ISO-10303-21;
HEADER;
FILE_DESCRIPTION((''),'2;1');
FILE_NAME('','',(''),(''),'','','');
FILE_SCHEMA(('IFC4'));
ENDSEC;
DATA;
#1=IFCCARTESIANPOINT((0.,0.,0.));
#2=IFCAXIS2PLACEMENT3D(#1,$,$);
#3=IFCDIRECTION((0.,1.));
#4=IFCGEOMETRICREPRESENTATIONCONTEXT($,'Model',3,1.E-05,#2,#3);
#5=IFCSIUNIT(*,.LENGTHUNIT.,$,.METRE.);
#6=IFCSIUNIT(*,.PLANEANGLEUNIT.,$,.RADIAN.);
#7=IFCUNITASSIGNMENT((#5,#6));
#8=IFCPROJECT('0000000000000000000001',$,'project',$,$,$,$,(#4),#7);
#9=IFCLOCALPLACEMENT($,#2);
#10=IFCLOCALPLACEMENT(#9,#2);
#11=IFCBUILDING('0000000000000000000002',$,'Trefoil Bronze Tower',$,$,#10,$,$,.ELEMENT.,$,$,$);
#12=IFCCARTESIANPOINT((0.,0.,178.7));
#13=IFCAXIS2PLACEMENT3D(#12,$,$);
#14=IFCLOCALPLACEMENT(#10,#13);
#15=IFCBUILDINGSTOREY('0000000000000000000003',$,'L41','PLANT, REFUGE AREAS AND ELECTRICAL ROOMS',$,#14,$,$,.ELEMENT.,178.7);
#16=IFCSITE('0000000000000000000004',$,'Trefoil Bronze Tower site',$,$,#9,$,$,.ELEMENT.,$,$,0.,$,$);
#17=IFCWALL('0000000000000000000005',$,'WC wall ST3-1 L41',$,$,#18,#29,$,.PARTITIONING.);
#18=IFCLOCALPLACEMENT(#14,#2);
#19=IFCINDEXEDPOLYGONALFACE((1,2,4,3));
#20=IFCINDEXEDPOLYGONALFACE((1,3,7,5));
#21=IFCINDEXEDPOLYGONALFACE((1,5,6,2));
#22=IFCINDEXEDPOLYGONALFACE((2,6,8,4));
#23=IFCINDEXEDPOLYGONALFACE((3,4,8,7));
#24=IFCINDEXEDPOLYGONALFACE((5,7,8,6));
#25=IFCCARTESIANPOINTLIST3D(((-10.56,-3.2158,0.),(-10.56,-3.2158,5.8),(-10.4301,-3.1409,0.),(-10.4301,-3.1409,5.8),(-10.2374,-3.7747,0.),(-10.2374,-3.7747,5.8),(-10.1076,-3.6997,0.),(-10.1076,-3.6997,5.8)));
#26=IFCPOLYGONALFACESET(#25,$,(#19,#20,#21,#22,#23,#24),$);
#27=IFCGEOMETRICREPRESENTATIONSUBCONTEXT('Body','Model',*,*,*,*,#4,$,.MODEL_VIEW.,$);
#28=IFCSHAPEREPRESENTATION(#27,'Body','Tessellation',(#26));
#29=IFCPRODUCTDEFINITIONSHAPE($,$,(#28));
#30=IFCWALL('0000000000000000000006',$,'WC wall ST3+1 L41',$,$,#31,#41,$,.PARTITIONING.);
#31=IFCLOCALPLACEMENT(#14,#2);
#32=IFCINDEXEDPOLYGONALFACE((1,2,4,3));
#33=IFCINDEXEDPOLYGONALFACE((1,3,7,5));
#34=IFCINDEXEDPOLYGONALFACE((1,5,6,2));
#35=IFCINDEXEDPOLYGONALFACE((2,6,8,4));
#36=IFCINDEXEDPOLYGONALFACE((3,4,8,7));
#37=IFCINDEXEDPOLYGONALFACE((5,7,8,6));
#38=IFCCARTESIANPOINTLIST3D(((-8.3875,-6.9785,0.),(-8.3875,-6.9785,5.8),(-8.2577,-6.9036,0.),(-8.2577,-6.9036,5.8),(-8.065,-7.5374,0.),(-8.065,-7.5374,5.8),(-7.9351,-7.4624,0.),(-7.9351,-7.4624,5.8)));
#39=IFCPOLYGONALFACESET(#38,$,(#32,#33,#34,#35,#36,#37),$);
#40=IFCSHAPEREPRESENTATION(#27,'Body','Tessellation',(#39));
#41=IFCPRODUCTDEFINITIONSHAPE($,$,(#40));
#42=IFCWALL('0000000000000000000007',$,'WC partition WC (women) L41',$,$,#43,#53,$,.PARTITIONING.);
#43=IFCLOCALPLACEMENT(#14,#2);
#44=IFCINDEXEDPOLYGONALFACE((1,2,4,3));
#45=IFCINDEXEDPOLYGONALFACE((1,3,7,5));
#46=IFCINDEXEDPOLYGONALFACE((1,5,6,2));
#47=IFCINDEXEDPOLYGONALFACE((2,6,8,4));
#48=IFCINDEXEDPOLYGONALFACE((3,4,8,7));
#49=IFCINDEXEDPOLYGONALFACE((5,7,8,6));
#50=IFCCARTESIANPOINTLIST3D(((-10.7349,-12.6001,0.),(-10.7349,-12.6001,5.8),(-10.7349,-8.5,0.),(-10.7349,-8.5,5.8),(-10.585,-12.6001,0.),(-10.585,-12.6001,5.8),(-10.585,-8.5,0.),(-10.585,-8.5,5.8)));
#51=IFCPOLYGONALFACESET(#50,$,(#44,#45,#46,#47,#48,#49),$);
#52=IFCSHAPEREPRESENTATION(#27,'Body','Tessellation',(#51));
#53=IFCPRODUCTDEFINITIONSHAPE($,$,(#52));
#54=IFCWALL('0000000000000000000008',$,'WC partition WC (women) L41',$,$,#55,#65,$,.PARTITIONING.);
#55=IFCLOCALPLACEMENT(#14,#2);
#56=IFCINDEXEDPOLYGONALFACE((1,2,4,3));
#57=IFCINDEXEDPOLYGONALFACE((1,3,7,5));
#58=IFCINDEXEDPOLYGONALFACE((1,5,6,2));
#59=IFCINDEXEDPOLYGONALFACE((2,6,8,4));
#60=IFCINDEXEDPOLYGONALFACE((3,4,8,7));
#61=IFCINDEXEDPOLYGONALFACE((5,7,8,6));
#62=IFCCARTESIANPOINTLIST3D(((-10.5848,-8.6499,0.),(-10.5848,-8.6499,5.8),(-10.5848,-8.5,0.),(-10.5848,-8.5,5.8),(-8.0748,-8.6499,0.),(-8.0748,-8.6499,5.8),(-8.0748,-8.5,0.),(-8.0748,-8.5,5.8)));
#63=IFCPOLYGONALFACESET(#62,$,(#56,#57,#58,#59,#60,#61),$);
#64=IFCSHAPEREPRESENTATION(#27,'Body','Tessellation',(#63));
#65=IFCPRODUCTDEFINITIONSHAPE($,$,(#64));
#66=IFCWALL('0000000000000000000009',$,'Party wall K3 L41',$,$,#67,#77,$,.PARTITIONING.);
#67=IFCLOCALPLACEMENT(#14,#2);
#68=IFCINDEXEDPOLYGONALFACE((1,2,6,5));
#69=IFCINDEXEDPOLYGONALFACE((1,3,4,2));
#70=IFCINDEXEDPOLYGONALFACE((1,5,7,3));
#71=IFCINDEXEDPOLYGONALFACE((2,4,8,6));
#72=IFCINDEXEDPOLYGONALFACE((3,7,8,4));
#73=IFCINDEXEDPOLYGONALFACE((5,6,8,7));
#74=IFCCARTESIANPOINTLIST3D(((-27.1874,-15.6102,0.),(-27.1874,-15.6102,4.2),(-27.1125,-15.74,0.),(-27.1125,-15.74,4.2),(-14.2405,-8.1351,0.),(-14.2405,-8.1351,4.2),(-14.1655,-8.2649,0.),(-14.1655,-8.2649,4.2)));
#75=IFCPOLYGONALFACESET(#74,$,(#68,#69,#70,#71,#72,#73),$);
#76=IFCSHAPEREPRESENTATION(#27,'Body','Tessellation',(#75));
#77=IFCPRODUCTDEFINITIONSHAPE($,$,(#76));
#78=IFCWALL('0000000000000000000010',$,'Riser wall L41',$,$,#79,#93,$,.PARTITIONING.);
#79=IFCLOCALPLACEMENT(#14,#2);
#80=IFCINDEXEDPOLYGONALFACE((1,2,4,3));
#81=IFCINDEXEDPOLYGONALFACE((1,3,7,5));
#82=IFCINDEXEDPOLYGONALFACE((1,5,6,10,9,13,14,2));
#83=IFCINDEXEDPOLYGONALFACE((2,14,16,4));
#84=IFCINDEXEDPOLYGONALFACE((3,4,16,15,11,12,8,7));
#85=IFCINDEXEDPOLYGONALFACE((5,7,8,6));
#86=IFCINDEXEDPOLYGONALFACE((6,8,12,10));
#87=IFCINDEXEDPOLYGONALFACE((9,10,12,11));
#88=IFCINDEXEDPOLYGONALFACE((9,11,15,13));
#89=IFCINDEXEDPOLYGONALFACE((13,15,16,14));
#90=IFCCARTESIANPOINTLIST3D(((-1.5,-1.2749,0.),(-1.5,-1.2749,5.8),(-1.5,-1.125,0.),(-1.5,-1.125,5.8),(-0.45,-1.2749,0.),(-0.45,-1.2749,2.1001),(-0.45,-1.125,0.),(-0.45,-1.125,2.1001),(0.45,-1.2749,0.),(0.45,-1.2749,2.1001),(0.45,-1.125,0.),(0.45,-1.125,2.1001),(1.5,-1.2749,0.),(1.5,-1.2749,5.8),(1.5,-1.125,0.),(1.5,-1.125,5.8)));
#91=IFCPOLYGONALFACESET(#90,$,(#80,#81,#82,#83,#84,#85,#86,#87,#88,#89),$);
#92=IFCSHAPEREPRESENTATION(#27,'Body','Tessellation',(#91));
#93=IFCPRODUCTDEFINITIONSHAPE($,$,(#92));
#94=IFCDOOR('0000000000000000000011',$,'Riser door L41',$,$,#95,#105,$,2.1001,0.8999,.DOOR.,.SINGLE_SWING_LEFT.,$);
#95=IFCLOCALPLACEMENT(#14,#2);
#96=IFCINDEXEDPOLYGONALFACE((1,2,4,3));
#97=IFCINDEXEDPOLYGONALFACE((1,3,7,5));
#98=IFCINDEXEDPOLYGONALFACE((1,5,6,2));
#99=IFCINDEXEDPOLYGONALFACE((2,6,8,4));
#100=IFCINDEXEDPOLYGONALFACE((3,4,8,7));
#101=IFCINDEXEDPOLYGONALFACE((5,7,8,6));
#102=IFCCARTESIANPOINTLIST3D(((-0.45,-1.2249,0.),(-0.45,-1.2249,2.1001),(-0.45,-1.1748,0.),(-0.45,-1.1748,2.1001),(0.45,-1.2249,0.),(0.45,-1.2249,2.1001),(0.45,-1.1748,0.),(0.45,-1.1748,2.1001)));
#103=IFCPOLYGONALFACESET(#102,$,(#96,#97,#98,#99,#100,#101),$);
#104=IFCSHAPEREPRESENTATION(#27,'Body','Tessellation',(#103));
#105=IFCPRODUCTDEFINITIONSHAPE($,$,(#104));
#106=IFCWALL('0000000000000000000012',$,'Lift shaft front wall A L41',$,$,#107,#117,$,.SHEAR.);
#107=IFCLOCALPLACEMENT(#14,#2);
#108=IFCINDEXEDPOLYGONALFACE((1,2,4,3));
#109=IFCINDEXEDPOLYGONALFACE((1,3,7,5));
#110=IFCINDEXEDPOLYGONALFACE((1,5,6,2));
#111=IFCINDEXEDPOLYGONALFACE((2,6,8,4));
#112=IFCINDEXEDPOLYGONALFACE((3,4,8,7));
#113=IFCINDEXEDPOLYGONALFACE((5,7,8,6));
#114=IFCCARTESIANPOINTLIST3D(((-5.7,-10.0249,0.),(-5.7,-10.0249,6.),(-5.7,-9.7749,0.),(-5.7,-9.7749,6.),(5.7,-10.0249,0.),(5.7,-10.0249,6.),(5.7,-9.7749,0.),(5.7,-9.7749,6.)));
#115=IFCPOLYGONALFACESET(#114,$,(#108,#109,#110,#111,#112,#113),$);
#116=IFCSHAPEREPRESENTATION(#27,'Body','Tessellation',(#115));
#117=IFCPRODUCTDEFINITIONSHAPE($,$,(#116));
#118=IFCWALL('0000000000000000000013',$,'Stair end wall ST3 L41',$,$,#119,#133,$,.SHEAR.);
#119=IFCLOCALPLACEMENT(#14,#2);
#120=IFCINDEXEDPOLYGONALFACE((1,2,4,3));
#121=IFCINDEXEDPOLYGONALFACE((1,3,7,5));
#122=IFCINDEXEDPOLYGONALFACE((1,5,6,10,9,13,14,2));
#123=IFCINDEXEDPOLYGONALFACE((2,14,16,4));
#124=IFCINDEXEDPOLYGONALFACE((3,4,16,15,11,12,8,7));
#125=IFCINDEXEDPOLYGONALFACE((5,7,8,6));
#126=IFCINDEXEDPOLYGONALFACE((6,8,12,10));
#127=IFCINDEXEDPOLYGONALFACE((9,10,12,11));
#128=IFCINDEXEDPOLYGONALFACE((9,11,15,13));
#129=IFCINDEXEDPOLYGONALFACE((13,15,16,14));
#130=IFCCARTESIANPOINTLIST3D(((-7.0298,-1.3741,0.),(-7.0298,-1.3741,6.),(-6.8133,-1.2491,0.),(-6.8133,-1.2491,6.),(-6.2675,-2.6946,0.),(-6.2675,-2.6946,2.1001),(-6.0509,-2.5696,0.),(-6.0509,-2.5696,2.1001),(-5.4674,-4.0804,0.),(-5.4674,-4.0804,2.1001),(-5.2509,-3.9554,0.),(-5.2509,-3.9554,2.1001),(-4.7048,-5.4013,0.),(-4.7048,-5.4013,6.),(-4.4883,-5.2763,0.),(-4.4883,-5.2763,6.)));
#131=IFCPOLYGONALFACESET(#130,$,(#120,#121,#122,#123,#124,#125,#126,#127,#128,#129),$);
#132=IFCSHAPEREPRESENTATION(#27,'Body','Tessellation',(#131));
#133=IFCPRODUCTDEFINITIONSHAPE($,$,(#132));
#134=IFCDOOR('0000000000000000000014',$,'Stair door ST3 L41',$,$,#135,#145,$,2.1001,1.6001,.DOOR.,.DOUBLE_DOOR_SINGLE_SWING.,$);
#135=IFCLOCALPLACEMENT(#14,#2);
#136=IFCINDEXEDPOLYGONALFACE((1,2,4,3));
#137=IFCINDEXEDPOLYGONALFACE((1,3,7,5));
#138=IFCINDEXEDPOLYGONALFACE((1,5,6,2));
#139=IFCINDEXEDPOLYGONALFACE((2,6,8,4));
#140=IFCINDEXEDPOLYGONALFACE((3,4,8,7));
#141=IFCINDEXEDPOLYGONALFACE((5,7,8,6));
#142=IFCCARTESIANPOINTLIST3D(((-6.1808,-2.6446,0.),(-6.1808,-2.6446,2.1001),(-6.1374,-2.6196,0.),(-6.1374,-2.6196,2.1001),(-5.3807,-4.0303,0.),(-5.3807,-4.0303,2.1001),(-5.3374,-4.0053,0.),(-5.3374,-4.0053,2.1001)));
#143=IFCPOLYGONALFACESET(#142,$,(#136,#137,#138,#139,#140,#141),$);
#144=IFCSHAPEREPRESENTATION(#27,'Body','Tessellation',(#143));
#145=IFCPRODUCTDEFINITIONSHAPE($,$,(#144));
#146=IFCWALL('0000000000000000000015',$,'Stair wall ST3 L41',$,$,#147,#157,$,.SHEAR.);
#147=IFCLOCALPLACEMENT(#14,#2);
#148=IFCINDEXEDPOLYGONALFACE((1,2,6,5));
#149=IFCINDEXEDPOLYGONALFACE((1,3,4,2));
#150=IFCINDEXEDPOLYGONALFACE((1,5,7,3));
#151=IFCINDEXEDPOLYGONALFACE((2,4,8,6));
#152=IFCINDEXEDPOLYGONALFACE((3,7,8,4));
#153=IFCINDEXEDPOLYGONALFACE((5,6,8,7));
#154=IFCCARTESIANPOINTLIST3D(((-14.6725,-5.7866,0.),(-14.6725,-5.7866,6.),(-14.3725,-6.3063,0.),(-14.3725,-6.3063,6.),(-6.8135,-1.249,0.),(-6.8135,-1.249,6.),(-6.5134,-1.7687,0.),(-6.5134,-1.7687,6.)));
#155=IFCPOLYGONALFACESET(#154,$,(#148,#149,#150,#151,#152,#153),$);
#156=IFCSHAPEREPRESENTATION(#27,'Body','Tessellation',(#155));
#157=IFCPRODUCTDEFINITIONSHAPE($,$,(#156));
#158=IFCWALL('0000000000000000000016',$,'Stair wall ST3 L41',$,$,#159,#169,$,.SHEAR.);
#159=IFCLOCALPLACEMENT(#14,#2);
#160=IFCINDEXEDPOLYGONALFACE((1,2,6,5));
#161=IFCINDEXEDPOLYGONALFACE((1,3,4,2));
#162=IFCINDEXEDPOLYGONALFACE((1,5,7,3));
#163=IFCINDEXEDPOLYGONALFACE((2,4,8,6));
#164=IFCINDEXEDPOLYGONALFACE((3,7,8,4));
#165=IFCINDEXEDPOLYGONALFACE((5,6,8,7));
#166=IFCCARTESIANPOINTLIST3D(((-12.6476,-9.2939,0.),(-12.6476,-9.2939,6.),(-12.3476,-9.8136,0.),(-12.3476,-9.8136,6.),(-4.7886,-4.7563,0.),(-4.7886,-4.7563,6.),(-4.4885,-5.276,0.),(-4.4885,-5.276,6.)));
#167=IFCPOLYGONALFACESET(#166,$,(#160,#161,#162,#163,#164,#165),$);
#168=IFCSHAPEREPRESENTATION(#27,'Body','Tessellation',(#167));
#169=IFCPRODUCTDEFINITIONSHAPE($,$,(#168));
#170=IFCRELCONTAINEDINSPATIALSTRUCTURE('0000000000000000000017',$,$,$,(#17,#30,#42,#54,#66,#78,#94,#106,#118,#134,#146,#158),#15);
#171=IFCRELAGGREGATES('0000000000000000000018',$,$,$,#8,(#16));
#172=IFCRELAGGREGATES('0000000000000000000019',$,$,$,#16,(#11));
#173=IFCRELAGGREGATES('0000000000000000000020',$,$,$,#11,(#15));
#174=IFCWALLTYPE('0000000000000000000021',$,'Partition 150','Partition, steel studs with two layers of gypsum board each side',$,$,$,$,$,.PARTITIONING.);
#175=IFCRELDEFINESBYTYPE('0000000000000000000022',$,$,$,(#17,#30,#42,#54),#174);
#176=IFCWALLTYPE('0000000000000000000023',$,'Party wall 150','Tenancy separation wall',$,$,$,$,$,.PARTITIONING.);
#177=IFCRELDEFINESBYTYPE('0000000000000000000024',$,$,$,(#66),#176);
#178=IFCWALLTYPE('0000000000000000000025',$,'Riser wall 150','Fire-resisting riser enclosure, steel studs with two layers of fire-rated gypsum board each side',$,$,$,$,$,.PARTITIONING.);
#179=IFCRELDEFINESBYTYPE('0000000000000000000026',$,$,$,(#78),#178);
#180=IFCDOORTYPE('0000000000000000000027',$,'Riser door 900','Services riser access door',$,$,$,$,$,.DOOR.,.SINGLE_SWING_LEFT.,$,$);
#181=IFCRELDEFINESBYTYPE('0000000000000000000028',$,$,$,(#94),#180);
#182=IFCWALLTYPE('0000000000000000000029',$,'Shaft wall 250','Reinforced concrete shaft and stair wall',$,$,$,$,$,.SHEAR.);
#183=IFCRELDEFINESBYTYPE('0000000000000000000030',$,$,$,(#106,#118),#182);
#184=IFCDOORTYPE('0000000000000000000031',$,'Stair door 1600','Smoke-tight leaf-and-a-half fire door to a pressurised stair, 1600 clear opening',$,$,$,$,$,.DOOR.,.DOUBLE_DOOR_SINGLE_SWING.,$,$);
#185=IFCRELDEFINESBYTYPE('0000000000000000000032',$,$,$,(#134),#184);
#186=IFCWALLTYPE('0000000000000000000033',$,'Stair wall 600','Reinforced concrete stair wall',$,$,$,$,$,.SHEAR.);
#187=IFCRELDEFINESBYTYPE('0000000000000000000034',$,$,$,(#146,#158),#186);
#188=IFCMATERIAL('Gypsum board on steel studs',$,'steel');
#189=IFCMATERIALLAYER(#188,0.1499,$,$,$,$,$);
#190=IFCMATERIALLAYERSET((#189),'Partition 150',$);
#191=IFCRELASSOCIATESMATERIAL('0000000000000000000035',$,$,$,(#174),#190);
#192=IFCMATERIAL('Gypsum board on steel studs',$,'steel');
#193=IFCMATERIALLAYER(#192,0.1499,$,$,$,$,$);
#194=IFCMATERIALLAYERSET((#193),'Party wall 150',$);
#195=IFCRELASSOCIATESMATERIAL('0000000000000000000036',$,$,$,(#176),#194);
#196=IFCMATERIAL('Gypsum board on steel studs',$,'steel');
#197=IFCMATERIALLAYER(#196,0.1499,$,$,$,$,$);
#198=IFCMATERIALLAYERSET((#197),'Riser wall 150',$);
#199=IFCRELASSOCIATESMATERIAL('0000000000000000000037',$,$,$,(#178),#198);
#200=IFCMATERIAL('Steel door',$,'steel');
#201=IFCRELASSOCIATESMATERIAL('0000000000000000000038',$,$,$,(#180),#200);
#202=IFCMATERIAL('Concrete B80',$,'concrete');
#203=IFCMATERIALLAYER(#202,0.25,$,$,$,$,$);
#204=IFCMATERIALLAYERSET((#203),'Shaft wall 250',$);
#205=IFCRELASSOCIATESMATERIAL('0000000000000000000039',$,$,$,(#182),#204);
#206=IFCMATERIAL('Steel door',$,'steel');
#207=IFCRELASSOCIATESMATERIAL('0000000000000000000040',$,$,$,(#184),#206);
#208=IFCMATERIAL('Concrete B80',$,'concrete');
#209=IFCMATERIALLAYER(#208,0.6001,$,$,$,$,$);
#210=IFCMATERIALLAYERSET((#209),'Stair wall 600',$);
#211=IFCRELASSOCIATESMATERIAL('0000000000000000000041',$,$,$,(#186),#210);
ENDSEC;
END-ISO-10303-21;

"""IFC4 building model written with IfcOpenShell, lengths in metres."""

from ifc_helpers import new_model, si_unit, direction, frame, frame_2d, origin, place, context, subcontext, project, spatial, rectangle, extrude, material, layer, layer_set, type_object, element, fill, save


model = new_model("IFC4")

# Units and contexts
model_context = context("Model", 3, precision=1e-05, world=origin(), true_north=direction((0.0, 1.0)))
body_context = subcontext(model_context, "Body", "Model", "MODEL_VIEW")
ifc_project = project(units=[si_unit("LENGTHUNIT", "METRE"), si_unit("PLANEANGLEUNIT", "RADIAN")], contexts=[model_context])

# Site, building, storey
site_placement = place(None, origin())
site = spatial("IfcSite", under=ifc_project, at=site_placement, Name="Trefoil Bronze Tower site", CompositionType="ELEMENT", RefElevation=0.0)
building_placement = place(site_placement, origin())
building = spatial("IfcBuilding", under=site, at=building_placement, Name="Trefoil Bronze Tower", CompositionType="ELEMENT")
storey_placement = place(building_placement, frame((0.0, 0.0, 178.7)))
storey = spatial("IfcBuildingStorey", under=building, at=storey_placement, Name="L41", Description="PLANT, REFUGE AREAS AND ELECTRICAL ROOMS", CompositionType="ELEMENT", Elevation=178.7)

# Shared definitions
ifc_material_1 = material(Name="Gypsum board on steel studs", Category="steel")
ifc_layer_1 = layer(ifc_material_1, 0.1499)
ifc_layer_set_1 = layer_set([ifc_layer_1], Name="Partition 150")
wall_type_1 = type_object("IfcWallType", Name="Partition 150", Description="Partition, steel studs with two layers of gypsum board each side", PredefinedType="PARTITIONING", material=ifc_layer_set_1)

# Walls
for number, where, z_axis, x_axis, name in (
    (1, (-10.4951, -3.1782, 0.0), (0.0, 0.0, 1.0), (0.499843, -0.866116, 0.0), "WC wall ST3-1 L41"),
    (2, (-8.0, -7.5, 0.0), (0.0, 0.0, 1.0), (-0.499843, 0.866116, 0.0), "WC wall ST3+1 L41"),
):
    element("IfcWall", number, at=place(storey_placement, frame(where, z_axis=z_axis, x_axis=x_axis)), inside=storey, type_object=wall_type_1, Name=name, PredefinedType="PARTITIONING", context=body_context, shape_type="SweptSolid", body=[
        extrude(rectangle(XDim=0.6453, YDim=0.1499, at=frame_2d((0.3228, 0.0))), origin(), (0.0, 0.0, 1.0), 5.8),
    ])
wall_1_placement = place(storey_placement, frame((-10.6599, -8.5, 0.0), z_axis=(0.0, 0.0, 1.0), x_axis=(0.0, -1.0, 0.0)))
element("IfcWall", 3, at=wall_1_placement, inside=storey, type_object=wall_type_1, Name="WC partition WC (women) L41", PredefinedType="PARTITIONING", context=body_context, shape_type="SweptSolid", body=[
    extrude(rectangle(XDim=4.1001, YDim=0.1499, at=frame_2d((2.05, 0.0))), origin(), (0.0, 0.0, 1.0), 5.8),
])
wall_2_placement = place(storey_placement, frame((-8.075, -8.575, 0.0), z_axis=(0.0, 0.0, 1.0), x_axis=(-1.0, 0.0, 0.0)))
element("IfcWall", 4, at=wall_2_placement, inside=storey, type_object=wall_type_1, Name="WC partition WC (women) L41", PredefinedType="PARTITIONING", context=body_context, shape_type="SweptSolid", body=[
    extrude(rectangle(XDim=2.51, YDim=0.1499, at=frame_2d((1.2549, 0.0))), origin(), (0.0, 0.0, 1.0), 5.8),
])
ifc_material_2 = material(Name="Gypsum board on steel studs", Category="steel")
ifc_layer_2 = layer(ifc_material_2, 0.1499)
ifc_layer_set_2 = layer_set([ifc_layer_2], Name="Party wall 150")
wall_type_2 = type_object("IfcWallType", Name="Party wall 150", Description="Tenancy separation wall", PredefinedType="PARTITIONING", material=ifc_layer_set_2)
wall_3_placement = place(storey_placement, frame((-14.2029, -8.2, 0.0), z_axis=(0.0, 0.0, 1.0), x_axis=(-0.866022, -0.500007, 0.0)))
element("IfcWall", 5, at=wall_3_placement, inside=storey, type_object=wall_type_2, Name="Party wall K3 L41", PredefinedType="PARTITIONING", context=body_context, shape_type="SweptSolid", body=[
    extrude(rectangle(XDim=14.95, YDim=0.1499, at=frame_2d((7.4751, 0.0))), origin(), (0.0, 0.0, 1.0), 4.2),
])

# Wall, opening, door
ifc_material_3 = material(Name="Gypsum board on steel studs", Category="steel")
ifc_layer_3 = layer(ifc_material_3, 0.1499)
ifc_layer_set_3 = layer_set([ifc_layer_3], Name="Riser wall 150")
wall_type_3 = type_object("IfcWallType", Name="Riser wall 150", Description="Fire-resisting riser enclosure, steel studs with two layers of fire-rated gypsum board each side", PredefinedType="PARTITIONING", material=ifc_layer_set_3)
wall_4_placement = place(storey_placement, frame((-1.5, -1.2, 0.0), z_axis=(0.0, 0.0, 1.0), x_axis=(1.0, 0.0, 0.0)))
wall_4 = element("IfcWall", 6, at=wall_4_placement, inside=storey, type_object=wall_type_3, Name="Riser wall L41", PredefinedType="PARTITIONING", context=body_context, shape_type="SweptSolid", body=[
    extrude(rectangle(XDim=3.0, YDim=0.1499, at=frame_2d((1.5, 0.0))), origin(), (0.0, 0.0, 1.0), 5.8),
])
opening_1_placement = place(wall_4_placement, frame((1.05, 0.0, 0.0)))
opening_1 = element("IfcOpeningElement", 7, at=opening_1_placement, cuts=wall_4, PredefinedType="OPENING", context=body_context, shape_type="SweptSolid", body=[
    extrude(rectangle(XDim=0.8999, YDim=2.1001, at=frame_2d((0.45, 1.05))), frame((0.0, 0.085, 0.0), z_axis=(0.0, -1.0, 0.0), x_axis=(1.0, 0.0, 0.0)), (0.0, 0.0, 1.0), 0.1699),
])
ifc_material_4 = material(Name="Steel door", Category="steel")
door_type_1 = type_object("IfcDoorType", Name="Riser door 900", Description="Services riser access door", OperationType="SINGLE_SWING_LEFT", PredefinedType="DOOR", material=ifc_material_4)
door_1_placement = place(opening_1_placement, frame((0.8999, 0.0, 0.0), z_axis=(0.0, 0.0, 1.0), x_axis=(-1.0, 0.0, 0.0)))
door_1 = element("IfcDoor", 8, at=door_1_placement, inside=storey, type_object=door_type_1, Name="Riser door L41", OperationType="SINGLE_SWING_LEFT", OverallHeight=2.1001, OverallWidth=0.8999, PredefinedType="DOOR", context=body_context, shape_type="SweptSolid", body=[
    extrude(rectangle(XDim=0.8999, YDim=2.1001, at=frame_2d((0.45, 1.05))), frame((0.0, 0.0249, 0.0), z_axis=(0.0, -1.0, 0.0), x_axis=(1.0, 0.0, 0.0)), (0.0, 0.0, 1.0), 0.05),
])
fill(opening_1, door_1)

# Wall
ifc_material_5 = material(Name="Concrete B80", Category="concrete")
ifc_layer_4 = layer(ifc_material_5, 0.25)
ifc_layer_set_4 = layer_set([ifc_layer_4], Name="Shaft wall 250")
wall_type_4 = type_object("IfcWallType", Name="Shaft wall 250", Description="Reinforced concrete shaft and stair wall", PredefinedType="SHEAR", material=ifc_layer_set_4)
wall_5_placement = place(storey_placement, frame((-5.7, -9.8999, 0.0), z_axis=(0.0, 0.0, 1.0), x_axis=(1.0, 0.0, 0.0)))
element("IfcWall", 9, at=wall_5_placement, inside=storey, type_object=wall_type_4, Name="Lift shaft front wall A L41", PredefinedType="SHEAR", context=body_context, shape_type="SweptSolid", body=[
    extrude(rectangle(XDim=11.3999, YDim=0.25, at=frame_2d((5.7, 0.0))), origin(), (0.0, 0.0, 1.0), 6.0),
])

# Wall, opening, door
wall_6_placement = place(storey_placement, frame((-6.9216, -1.3115, 0.0), z_axis=(0.0, 0.0, 1.0), x_axis=(0.499985, -0.866034, 0.0)))
wall_6 = element("IfcWall", 10, at=wall_6_placement, inside=storey, type_object=wall_type_4, Name="Stair end wall ST3 L41", PredefinedType="SHEAR", context=body_context, shape_type="SweptSolid", body=[
    extrude(rectangle(XDim=4.6501, YDim=0.25, at=frame_2d((2.3252, 0.0))), origin(), (0.0, 0.0, 1.0), 6.0),
])
opening_2_placement = place(wall_6_placement, frame((1.5249, 0.0, 0.0)))
opening_2 = element("IfcOpeningElement", 11, at=opening_2_placement, cuts=wall_6, PredefinedType="OPENING", context=body_context, shape_type="SweptSolid", body=[
    extrude(rectangle(XDim=1.6001, YDim=2.1001, at=frame_2d((0.8, 1.05))), frame((0.0, 0.135, 0.0), z_axis=(0.0, -1.0, 0.0), x_axis=(1.0, 0.0, 0.0)), (0.0, 0.0, 1.0), 0.27),
])
ifc_material_6 = material(Name="Steel door", Category="steel")
door_type_2 = type_object("IfcDoorType", Name="Stair door 1600", Description="Smoke-tight leaf-and-a-half fire door to a pressurised stair, 1600 clear opening", OperationType="DOUBLE_DOOR_SINGLE_SWING", PredefinedType="DOOR", material=ifc_material_6)
door_2_placement = place(opening_2_placement, frame((1.6001, 0.0, 0.0), z_axis=(0.0, 0.0, 1.0), x_axis=(-1.0, 0.0, 0.0)))
door_2 = element("IfcDoor", 12, at=door_2_placement, inside=storey, type_object=door_type_2, Name="Stair door ST3 L41", OperationType="DOUBLE_DOOR_SINGLE_SWING", OverallHeight=2.1001, OverallWidth=1.6001, PredefinedType="DOOR", context=body_context, shape_type="SweptSolid", body=[
    extrude(rectangle(XDim=1.6001, YDim=2.1001, at=frame_2d((0.8, 1.05))), frame((0.0, 0.0249, 0.0), z_axis=(0.0, -1.0, 0.0), x_axis=(1.0, 0.0, 0.0)), (0.0, 0.0, 1.0), 0.05),
])
fill(opening_2, door_2)

# Walls
ifc_material_7 = material(Name="Concrete B80", Category="concrete")
ifc_layer_5 = layer(ifc_material_7, 0.6001)
ifc_layer_set_5 = layer_set([ifc_layer_5], Name="Stair wall 600")
wall_type_5 = type_object("IfcWallType", Name="Stair wall 600", Description="Reinforced concrete stair wall", PredefinedType="SHEAR", material=ifc_layer_set_5)
for number, where, z_axis, x_axis, name in (
    (13, (-6.6633, -1.5088, 0.0), (0.0, 0.0, 1.0), (-0.866019, -0.50001, 0.0), "Stair wall ST3 L41"),
    (14, (-4.6384, -5.0161, 0.0), (0.0, 0.0, 1.0), (-0.866019, -0.50001, 0.0), "Stair wall ST3 L41"),
):
    element("IfcWall", number, at=place(storey_placement, frame(where, z_axis=z_axis, x_axis=x_axis)), inside=storey, type_object=wall_type_5, Name=name, PredefinedType="SHEAR", context=body_context, shape_type="SweptSolid", body=[
        extrude(rectangle(XDim=9.075, YDim=0.6001, at=frame_2d((4.5376, 0.0))), origin(), (0.0, 0.0, 1.0), 6.0),
    ])

save(model, "model.ifc")
